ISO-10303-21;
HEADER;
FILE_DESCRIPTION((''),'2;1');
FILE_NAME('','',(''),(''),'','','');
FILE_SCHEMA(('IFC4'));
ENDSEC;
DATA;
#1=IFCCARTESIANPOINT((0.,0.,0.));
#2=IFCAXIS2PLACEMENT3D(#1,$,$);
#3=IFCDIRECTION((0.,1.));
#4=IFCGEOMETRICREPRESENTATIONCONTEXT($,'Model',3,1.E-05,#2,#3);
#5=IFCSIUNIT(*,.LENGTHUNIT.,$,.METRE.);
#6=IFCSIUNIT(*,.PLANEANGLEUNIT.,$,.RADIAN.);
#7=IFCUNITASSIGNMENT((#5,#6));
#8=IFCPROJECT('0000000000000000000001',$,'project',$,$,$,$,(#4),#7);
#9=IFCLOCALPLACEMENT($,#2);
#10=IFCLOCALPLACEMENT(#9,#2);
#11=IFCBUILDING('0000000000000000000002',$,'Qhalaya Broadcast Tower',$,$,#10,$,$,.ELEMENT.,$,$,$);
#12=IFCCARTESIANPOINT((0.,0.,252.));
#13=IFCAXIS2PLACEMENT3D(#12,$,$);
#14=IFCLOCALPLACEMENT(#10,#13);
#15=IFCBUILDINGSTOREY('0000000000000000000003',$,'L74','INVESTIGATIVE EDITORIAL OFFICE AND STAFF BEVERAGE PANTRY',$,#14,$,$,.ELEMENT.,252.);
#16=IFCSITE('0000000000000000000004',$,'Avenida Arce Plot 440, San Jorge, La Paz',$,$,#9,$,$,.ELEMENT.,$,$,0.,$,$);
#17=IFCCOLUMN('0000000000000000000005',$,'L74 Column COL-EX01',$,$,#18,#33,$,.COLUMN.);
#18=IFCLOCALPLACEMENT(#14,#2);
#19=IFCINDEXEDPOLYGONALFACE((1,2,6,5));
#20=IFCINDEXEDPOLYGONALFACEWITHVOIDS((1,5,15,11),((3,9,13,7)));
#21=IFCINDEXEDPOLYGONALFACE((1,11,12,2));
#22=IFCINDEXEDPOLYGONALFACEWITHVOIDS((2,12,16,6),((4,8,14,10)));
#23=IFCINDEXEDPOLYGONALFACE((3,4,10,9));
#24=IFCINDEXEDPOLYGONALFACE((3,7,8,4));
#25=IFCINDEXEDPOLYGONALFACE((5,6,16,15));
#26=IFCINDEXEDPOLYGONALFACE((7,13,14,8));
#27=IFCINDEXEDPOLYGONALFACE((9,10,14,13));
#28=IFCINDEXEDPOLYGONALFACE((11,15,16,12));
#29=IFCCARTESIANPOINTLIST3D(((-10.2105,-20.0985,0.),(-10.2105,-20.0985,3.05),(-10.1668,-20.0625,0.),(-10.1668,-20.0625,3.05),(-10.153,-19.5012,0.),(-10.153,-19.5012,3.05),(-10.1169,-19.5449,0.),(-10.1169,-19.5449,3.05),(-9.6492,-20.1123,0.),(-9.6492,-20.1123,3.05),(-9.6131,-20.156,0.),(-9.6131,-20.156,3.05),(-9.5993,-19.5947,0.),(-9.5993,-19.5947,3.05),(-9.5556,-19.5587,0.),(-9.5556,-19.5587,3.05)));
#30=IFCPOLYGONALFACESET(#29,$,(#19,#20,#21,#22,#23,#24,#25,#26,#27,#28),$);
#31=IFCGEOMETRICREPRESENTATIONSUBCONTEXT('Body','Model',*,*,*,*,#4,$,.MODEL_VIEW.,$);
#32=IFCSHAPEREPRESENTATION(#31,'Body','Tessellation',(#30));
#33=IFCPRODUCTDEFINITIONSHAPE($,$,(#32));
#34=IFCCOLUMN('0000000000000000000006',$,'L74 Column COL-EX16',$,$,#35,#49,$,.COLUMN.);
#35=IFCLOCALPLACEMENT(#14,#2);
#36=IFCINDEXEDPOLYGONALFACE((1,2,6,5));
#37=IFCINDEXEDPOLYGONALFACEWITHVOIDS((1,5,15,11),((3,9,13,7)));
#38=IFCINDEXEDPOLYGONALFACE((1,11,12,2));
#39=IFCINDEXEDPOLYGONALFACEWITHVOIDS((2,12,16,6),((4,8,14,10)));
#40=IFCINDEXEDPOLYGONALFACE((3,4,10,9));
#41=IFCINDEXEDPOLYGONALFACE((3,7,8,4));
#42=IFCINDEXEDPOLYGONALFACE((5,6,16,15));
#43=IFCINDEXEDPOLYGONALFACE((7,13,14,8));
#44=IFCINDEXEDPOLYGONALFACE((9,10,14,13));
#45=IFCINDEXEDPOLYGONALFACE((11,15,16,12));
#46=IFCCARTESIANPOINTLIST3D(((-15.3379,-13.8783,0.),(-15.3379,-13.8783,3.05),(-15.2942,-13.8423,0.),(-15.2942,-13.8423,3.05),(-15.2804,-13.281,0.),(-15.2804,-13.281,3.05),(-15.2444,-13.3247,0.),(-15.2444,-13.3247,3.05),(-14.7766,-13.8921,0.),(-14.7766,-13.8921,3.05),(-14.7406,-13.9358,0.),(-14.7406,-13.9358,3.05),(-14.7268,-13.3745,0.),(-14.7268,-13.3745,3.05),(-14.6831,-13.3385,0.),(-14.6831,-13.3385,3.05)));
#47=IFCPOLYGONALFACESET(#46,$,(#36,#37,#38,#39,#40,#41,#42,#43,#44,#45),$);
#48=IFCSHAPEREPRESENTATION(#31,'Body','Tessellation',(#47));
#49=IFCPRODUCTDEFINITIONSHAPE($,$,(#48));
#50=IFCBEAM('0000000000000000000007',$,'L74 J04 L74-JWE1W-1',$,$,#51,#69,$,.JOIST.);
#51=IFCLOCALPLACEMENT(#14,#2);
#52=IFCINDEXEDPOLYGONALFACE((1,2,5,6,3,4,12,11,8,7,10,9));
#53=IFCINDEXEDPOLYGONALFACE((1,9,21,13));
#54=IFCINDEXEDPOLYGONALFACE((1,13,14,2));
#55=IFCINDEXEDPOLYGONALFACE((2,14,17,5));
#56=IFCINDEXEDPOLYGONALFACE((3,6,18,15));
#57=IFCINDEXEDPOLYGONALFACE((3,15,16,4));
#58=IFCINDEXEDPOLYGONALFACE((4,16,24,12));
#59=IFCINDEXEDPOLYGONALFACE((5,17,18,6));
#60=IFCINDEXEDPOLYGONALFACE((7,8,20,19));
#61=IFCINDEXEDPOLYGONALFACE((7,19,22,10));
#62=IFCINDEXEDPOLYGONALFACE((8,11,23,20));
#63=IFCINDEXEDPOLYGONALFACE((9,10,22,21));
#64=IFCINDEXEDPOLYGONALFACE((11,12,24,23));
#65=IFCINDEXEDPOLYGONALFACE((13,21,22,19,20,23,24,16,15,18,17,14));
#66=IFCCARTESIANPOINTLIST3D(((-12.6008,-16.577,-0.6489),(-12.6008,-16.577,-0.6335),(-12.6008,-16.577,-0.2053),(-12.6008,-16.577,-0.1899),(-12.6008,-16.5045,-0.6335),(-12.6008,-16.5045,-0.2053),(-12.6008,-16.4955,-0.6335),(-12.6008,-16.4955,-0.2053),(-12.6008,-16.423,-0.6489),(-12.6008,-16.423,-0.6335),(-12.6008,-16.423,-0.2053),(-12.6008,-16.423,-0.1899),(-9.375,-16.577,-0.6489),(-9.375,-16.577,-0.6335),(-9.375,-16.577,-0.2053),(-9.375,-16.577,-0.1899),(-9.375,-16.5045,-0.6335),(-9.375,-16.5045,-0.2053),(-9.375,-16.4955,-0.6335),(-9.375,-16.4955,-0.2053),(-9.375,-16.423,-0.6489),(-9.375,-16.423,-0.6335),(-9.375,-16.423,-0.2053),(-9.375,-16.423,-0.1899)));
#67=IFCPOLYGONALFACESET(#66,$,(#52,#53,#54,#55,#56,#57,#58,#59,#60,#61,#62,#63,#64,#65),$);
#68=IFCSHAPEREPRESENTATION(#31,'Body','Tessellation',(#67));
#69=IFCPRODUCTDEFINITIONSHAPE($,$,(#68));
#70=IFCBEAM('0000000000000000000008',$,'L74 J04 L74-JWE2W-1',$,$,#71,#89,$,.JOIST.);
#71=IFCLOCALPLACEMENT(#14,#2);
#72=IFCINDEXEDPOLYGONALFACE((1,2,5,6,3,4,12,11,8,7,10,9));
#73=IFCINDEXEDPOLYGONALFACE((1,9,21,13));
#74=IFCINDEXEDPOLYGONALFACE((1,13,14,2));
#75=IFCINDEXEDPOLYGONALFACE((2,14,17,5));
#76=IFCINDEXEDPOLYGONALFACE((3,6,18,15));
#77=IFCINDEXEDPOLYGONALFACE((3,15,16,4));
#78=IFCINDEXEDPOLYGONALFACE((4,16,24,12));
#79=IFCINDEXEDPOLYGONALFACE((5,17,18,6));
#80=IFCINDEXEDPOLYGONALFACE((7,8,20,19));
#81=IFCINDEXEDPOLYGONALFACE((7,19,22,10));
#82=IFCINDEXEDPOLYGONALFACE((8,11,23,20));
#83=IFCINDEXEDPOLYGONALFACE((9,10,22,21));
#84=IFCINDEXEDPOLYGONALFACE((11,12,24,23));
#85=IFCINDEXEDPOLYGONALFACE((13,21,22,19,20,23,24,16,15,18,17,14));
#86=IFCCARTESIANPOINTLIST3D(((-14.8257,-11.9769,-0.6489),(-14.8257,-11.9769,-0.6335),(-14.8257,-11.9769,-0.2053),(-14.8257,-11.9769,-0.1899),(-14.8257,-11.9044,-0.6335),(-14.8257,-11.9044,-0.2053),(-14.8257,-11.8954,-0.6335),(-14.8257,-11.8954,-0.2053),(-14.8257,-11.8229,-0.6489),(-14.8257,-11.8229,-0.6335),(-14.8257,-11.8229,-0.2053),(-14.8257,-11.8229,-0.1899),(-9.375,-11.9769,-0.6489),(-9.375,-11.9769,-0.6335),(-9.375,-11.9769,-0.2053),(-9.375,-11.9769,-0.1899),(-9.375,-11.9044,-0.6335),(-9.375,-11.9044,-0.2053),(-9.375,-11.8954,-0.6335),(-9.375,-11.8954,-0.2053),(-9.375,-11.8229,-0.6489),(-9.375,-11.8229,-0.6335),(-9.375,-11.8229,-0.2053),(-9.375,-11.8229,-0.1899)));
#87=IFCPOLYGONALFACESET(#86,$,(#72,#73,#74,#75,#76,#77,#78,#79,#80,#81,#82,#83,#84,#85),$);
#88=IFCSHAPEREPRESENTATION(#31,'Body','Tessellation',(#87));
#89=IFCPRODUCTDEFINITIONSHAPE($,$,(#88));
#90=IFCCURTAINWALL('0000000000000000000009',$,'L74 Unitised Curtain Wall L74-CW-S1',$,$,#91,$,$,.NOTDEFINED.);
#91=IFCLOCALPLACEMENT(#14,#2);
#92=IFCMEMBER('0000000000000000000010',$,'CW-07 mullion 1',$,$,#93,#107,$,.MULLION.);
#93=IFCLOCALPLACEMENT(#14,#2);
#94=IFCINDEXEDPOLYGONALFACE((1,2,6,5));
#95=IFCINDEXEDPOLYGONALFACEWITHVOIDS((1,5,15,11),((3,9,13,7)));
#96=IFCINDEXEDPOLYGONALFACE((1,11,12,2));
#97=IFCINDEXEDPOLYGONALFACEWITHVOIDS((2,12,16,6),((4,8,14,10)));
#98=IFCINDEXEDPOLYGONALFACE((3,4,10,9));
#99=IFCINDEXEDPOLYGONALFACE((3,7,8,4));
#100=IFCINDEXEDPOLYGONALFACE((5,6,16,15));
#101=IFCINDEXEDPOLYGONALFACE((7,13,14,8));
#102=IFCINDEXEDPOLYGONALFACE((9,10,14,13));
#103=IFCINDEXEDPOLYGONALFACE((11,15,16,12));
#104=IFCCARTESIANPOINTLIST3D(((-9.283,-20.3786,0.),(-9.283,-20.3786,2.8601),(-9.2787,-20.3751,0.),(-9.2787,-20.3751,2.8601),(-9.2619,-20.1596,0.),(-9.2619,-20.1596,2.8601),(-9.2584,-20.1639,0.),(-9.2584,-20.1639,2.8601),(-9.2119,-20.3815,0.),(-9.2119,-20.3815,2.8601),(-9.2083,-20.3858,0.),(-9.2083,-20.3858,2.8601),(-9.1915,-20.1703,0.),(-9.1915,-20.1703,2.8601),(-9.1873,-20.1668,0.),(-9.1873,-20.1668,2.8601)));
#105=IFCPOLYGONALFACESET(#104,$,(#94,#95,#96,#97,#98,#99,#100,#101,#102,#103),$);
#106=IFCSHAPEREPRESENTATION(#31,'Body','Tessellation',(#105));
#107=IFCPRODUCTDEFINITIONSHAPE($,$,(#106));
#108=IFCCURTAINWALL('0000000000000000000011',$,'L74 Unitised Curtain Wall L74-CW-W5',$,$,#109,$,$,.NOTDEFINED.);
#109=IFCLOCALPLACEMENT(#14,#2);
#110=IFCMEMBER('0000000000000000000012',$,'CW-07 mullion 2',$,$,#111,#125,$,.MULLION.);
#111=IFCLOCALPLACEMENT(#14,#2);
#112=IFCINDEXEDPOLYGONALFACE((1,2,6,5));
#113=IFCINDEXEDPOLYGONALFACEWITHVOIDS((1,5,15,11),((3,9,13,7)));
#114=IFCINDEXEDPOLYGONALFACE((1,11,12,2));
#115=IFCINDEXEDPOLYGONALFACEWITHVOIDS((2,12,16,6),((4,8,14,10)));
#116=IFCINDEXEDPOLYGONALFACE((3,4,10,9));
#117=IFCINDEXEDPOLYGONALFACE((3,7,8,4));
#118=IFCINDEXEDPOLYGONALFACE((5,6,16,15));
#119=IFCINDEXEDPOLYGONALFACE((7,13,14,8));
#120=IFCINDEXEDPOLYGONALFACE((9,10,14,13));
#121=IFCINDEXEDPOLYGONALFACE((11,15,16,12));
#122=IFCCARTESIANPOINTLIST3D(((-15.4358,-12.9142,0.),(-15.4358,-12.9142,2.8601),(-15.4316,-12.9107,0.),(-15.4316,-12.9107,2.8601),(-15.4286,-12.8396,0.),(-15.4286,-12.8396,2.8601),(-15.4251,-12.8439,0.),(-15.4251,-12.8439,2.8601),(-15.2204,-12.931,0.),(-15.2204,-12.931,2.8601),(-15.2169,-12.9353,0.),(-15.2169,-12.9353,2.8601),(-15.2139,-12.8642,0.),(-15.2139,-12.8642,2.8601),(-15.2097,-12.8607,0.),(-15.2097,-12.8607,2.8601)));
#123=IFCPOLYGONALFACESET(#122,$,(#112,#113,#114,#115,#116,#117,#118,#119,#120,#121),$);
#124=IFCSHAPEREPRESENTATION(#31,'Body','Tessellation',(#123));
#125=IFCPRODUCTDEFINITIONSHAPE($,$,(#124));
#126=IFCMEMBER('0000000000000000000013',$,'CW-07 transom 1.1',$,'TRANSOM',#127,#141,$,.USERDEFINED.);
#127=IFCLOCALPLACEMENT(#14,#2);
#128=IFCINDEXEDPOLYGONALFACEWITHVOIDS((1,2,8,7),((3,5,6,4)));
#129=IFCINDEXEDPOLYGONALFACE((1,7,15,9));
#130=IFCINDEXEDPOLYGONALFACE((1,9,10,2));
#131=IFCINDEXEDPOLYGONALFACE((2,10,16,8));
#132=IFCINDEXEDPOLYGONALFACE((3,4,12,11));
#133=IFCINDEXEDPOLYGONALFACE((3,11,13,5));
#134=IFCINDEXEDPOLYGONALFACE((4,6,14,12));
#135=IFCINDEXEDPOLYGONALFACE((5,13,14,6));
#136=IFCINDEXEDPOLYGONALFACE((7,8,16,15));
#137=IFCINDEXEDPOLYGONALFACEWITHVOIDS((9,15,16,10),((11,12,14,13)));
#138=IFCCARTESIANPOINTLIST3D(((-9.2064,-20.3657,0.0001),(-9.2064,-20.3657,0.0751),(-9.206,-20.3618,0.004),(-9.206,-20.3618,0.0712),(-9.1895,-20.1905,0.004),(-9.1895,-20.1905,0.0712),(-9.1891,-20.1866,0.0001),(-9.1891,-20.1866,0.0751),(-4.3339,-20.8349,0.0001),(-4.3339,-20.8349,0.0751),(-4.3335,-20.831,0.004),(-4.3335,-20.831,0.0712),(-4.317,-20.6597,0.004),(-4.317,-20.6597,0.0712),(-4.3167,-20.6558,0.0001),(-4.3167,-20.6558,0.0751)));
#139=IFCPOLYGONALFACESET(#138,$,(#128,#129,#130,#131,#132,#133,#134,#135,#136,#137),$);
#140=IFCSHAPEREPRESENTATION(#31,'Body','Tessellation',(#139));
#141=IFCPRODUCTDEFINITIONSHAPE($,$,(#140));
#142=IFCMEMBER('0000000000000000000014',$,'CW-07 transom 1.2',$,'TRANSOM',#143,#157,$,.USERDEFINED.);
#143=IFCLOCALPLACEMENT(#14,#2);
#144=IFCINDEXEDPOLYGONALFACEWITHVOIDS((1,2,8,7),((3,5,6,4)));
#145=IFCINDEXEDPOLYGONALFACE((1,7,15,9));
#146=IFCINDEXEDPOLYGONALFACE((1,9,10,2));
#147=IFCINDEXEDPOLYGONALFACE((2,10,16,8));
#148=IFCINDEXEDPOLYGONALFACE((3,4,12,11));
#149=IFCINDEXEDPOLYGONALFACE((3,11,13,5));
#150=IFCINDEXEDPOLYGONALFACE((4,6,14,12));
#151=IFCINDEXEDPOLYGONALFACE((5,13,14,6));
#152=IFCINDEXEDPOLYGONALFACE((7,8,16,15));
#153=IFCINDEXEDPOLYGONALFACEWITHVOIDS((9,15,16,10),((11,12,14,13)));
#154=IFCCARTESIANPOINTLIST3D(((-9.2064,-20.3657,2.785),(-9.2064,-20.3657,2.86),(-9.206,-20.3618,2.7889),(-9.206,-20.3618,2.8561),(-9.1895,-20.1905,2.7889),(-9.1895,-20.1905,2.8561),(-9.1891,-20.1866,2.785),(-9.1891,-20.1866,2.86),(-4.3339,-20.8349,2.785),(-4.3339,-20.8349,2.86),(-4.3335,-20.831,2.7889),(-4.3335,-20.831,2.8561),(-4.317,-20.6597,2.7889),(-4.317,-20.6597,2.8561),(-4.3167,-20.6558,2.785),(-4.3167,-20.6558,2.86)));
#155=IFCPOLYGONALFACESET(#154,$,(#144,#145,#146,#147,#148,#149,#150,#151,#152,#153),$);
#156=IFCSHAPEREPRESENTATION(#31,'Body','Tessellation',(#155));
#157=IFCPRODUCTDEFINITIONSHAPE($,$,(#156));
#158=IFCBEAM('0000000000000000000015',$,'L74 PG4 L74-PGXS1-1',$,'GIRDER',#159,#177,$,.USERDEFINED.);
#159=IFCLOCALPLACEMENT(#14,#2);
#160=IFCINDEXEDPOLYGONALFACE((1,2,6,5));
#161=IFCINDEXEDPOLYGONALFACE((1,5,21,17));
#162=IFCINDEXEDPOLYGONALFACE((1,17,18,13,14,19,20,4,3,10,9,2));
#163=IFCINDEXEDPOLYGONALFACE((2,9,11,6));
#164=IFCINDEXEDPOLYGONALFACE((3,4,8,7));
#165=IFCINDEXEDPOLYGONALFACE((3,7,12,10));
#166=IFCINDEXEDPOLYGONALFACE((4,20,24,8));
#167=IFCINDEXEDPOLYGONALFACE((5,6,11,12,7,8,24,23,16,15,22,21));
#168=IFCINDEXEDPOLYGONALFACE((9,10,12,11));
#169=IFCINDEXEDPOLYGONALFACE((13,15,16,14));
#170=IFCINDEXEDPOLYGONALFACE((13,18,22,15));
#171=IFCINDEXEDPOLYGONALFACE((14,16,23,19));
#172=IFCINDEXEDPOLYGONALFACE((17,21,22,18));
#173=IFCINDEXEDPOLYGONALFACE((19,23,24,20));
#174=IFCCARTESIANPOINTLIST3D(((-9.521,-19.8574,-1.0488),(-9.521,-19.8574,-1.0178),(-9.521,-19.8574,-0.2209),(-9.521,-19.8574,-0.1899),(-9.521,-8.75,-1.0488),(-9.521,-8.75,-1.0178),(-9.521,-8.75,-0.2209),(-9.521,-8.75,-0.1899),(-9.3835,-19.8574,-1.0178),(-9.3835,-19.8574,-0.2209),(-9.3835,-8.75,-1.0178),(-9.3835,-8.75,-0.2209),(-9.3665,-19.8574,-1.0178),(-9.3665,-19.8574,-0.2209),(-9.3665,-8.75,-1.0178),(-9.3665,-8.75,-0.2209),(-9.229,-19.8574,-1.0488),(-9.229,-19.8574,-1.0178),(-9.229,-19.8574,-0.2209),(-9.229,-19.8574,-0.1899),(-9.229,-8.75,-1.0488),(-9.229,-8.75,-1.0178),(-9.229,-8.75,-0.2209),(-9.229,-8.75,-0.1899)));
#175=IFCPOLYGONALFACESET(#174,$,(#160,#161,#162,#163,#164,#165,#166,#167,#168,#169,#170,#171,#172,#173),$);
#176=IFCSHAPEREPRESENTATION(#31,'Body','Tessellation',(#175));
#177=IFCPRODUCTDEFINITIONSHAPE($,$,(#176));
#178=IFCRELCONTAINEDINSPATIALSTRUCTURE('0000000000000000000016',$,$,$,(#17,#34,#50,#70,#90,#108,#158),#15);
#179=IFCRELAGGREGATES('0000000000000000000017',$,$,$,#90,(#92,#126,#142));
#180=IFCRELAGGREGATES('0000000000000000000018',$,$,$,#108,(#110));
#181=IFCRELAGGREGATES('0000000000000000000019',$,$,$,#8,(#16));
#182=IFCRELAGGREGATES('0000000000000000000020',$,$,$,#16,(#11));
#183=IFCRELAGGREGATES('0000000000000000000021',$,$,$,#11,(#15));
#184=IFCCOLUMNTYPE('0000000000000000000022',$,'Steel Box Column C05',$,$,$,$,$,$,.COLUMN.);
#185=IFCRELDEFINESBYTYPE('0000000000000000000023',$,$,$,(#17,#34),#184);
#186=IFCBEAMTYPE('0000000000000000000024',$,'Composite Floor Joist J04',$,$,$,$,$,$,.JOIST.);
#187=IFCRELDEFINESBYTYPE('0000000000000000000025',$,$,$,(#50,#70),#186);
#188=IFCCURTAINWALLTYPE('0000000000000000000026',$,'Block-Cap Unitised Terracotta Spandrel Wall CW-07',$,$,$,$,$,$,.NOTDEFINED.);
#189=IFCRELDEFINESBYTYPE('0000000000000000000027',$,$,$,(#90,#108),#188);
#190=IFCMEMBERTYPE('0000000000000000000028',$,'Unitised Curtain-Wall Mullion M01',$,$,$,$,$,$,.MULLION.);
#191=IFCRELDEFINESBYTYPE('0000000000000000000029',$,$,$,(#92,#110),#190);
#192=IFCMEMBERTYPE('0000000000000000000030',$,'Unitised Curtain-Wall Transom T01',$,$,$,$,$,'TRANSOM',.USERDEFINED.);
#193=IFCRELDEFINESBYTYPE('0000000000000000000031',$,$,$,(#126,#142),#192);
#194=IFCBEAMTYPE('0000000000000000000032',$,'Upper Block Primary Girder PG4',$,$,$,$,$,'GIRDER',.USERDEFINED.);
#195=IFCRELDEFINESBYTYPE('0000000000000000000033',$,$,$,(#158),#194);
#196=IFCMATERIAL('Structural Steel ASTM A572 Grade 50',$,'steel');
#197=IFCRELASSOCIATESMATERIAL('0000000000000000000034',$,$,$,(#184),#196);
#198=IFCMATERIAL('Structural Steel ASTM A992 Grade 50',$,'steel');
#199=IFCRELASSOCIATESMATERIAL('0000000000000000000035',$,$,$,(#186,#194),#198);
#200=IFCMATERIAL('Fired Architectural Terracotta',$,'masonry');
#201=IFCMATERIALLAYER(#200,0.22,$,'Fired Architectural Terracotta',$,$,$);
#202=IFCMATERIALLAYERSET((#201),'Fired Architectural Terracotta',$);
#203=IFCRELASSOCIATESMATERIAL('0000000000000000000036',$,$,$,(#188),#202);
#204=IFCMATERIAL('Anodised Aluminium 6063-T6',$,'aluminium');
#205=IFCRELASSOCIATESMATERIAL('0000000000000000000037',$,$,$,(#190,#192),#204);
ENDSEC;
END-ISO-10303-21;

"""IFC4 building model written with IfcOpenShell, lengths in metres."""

from ifc_helpers import new_model, si_unit, direction, frame, origin, origin_2d, place, context, subcontext, project, spatial, hollow_rectangle, i_section, extrude, material, layer, layer_set, material_profile, profile_set, type_object, element, aggregate, save


model = new_model("IFC4")

# Units and contexts
model_context = context("Model", 3, precision=1e-05, world=origin(), true_north=direction((0.0, 1.0)))
body_context = subcontext(model_context, "Body", "Model", "MODEL_VIEW")
ifc_project = project(units=[si_unit("LENGTHUNIT", "METRE"), si_unit("PLANEANGLEUNIT", "RADIAN")], contexts=[model_context])

# Site, building, storey
site_placement = place(None, origin())
site = spatial("IfcSite", under=ifc_project, at=site_placement, Name="Avenida Arce Plot 440, San Jorge, La Paz", CompositionType="ELEMENT", RefElevation=0.0)
building_placement = place(site_placement, origin())
building = spatial("IfcBuilding", under=site, at=building_placement, Name="Qhalaya Broadcast Tower", CompositionType="ELEMENT")
storey_placement = place(building_placement, frame((0.0, 0.0, 252.0)))
storey = spatial("IfcBuildingStorey", under=building, at=storey_placement, Name="L74", Description="INVESTIGATIVE EDITORIAL OFFICE AND STAFF BEVERAGE PANTRY", CompositionType="ELEMENT", Elevation=252.0)

# Columns
ifc_material_1 = material(Name="Structural Steel ASTM A572 Grade 50", Category="steel")
ifc_material_profile_1 = material_profile(ifc_material_1, hollow_rectangle(XDim=0.6001, YDim=0.6001, WallThickness=0.04, at=origin_2d()), Name="BOX 600x600x40")
ifc_profile_set_1 = profile_set([ifc_material_profile_1], Name="Structural Steel ASTM A572 Grade 50")
column_type = type_object("IfcColumnType", Name="Steel Box Column C05", PredefinedType="COLUMN", material=ifc_profile_set_1)
for number, where, z_axis, x_axis, name in (
    (1, (-9.8831, -19.8286, 0.0), (0.0, 0.0, 1.0), (0.995396, -0.095846, 0.0), "L74 Column COL-EX01"),
    (2, (-15.0105, -13.6084, 0.0), (0.0, 0.0, 1.0), (0.095846, 0.995396, 0.0), "L74 Column COL-EX16"),
):
    element("IfcColumn", number, at=place(storey_placement, frame(where, z_axis=z_axis, x_axis=x_axis)), inside=storey, type_object=column_type, Name=name, PredefinedType="COLUMN", context=body_context, shape_type="SweptSolid", body=[
        extrude(hollow_rectangle(XDim=0.6001, YDim=0.6001, WallThickness=0.04, at=origin_2d()), origin(), (0.0, 0.0, 1.0), 3.05),
    ])

# Beams
ifc_material_2 = material(Name="Structural Steel ASTM A992 Grade 50", Category="steel")
ifc_material_profile_2 = material_profile(ifc_material_2, i_section(OverallWidth=0.1541, OverallDepth=0.459, WebThickness=0.009, FlangeThickness=0.0154, at=origin_2d()), Name="W18X46")
ifc_profile_set_2 = profile_set([ifc_material_profile_2], Name="Structural Steel ASTM A992 Grade 50")
beam_type_1 = type_object("IfcBeamType", Name="Composite Floor Joist J04", PredefinedType="JOIST", material=ifc_profile_set_2)
beam_1_placement = place(storey_placement, frame((-12.6008, -16.5, -0.4194), z_axis=(1.0, 0.0, 0.0), x_axis=(0.0, 1.0, 0.0)))
element("IfcBeam", 3, at=beam_1_placement, inside=storey, type_object=beam_type_1, Name="L74 J04 L74-JWE1W-1", PredefinedType="JOIST", context=body_context, shape_type="SweptSolid", body=[
    extrude(i_section(OverallWidth=0.1541, OverallDepth=0.459, WebThickness=0.009, FlangeThickness=0.0154, at=origin_2d()), origin(), (0.0, 0.0, 1.0), 3.2258),
])
beam_2_placement = place(storey_placement, frame((-14.8257, -11.8999, -0.4194), z_axis=(1.0, 0.0, 0.0), x_axis=(0.0, 1.0, 0.0)))
element("IfcBeam", 4, at=beam_2_placement, inside=storey, type_object=beam_type_1, Name="L74 J04 L74-JWE2W-1", PredefinedType="JOIST", context=body_context, shape_type="SweptSolid", body=[
    extrude(i_section(OverallWidth=0.1541, OverallDepth=0.459, WebThickness=0.009, FlangeThickness=0.0154, at=origin_2d()), origin(), (0.0, 0.0, 1.0), 5.4507),
])

# Curtain walls, members
ifc_material_3 = material(Name="Fired Architectural Terracotta", Category="masonry")
ifc_layer_1 = layer(ifc_material_3, 0.22, Name="Fired Architectural Terracotta")
ifc_layer_set_1 = layer_set([ifc_layer_1], Name="Fired Architectural Terracotta")
curtain_wall_type = type_object("IfcCurtainWallType", Name="Block-Cap Unitised Terracotta Spandrel Wall CW-07", PredefinedType="NOTDEFINED", material=ifc_layer_set_1)
curtain_wall_1_placement = place(storey_placement, origin())
curtain_wall_1 = element("IfcCurtainWall", 5, at=curtain_wall_1_placement, inside=storey, type_object=curtain_wall_type, Name="L74 Unitised Curtain Wall L74-CW-S1", PredefinedType="NOTDEFINED")
ifc_material_4 = material(Name="Anodised Aluminium 6063-T6", Category="aluminium")
ifc_material_profile_3 = material_profile(ifc_material_4, hollow_rectangle(XDim=0.075, YDim=0.22, WallThickness=0.0039, at=origin_2d()), Name="ALU-MUL 75x220x4")
ifc_profile_set_3 = profile_set([ifc_material_profile_3], Name="Anodised Aluminium 6063-T6")
member_type_1 = type_object("IfcMemberType", Name="Unitised Curtain-Wall Mullion M01", PredefinedType="MULLION", material=ifc_profile_set_3)
member_1_placement = place(storey_placement, frame((-9.2351, -20.2727, 0.0), z_axis=(0.0, 0.0, 1.0), x_axis=(0.995395, -0.095857, 0.0)))
member_1 = element("IfcMember", 6, at=member_1_placement, type_object=member_type_1, Name="CW-07 mullion 1", PredefinedType="MULLION", context=body_context, shape_type="SweptSolid", body=[
    extrude(hollow_rectangle(XDim=0.075, YDim=0.22, WallThickness=0.0039, at=origin_2d()), origin(), (0.0, 0.0, 1.0), 2.8601),
])
curtain_wall_2_placement = place(storey_placement, origin())
curtain_wall_2 = element("IfcCurtainWall", 7, at=curtain_wall_2_placement, inside=storey, type_object=curtain_wall_type, Name="L74 Unitised Curtain Wall L74-CW-W5", PredefinedType="NOTDEFINED")
member_2_placement = place(storey_placement, frame((-15.3228, -12.8875, 0.0), z_axis=(0.0, 0.0, 1.0), x_axis=(-0.09584, -0.995397, 0.0)))
member_2 = element("IfcMember", 8, at=member_2_placement, type_object=member_type_1, Name="CW-07 mullion 2", PredefinedType="MULLION", context=body_context, shape_type="SweptSolid", body=[
    extrude(hollow_rectangle(XDim=0.075, YDim=0.22, WallThickness=0.0039, at=origin_2d()), origin(), (0.0, 0.0, 1.0), 2.8601),
])

# Members
ifc_material_profile_4 = material_profile(ifc_material_4, hollow_rectangle(XDim=0.075, YDim=0.1799, WallThickness=0.0039, at=origin_2d()), Name="ALU-TRN 75x180x4")
ifc_profile_set_4 = profile_set([ifc_material_profile_4], Name="Anodised Aluminium 6063-T6")
member_type_2 = type_object("IfcMemberType", Name="Unitised Curtain-Wall Transom T01", ElementType="TRANSOM", PredefinedType="USERDEFINED", material=ifc_profile_set_4)
member_3_placement = place(storey_placement, frame((-9.1978, -20.2761, 0.0376), z_axis=(0.995395, -0.095859, 0.0), x_axis=(0.0, 0.0, 1.0)))
member_3 = element("IfcMember", 9, at=member_3_placement, type_object=member_type_2, Name="CW-07 transom 1.1", ObjectType="TRANSOM", PredefinedType="USERDEFINED", context=body_context, shape_type="SweptSolid", body=[
    extrude(hollow_rectangle(XDim=0.075, YDim=0.1799, WallThickness=0.0039, at=origin_2d()), origin(), (0.0, 0.0, 1.0), 4.895),
])
member_4_placement = place(storey_placement, frame((-9.1978, -20.2761, 2.8225), z_axis=(0.995395, -0.095859, 0.0), x_axis=(0.0, 0.0, 1.0)))
member_4 = element("IfcMember", 10, at=member_4_placement, type_object=member_type_2, Name="CW-07 transom 1.2", ObjectType="TRANSOM", PredefinedType="USERDEFINED", context=body_context, shape_type="SweptSolid", body=[
    extrude(hollow_rectangle(XDim=0.075, YDim=0.1799, WallThickness=0.0039, at=origin_2d()), origin(), (0.0, 0.0, 1.0), 4.895),
])
aggregate(curtain_wall_1, [member_1, member_3, member_4])

# Beam
ifc_material_profile_5 = material_profile(ifc_material_2, i_section(OverallWidth=0.292, OverallDepth=0.8589, WebThickness=0.0171, FlangeThickness=0.031, at=origin_2d()), Name="W33X169")
ifc_profile_set_5 = profile_set([ifc_material_profile_5], Name="Structural Steel ASTM A992 Grade 50")
beam_type_2 = type_object("IfcBeamType", Name="Upper Block Primary Girder PG4", ElementType="GIRDER", PredefinedType="USERDEFINED", material=ifc_profile_set_5)
beam_3_placement = place(storey_placement, frame((-9.375, -19.8574, -0.6194), z_axis=(0.0, 1.0, 0.0), x_axis=(-1.0, 0.0, 0.0)))
element("IfcBeam", 11, at=beam_3_placement, inside=storey, type_object=beam_type_2, Name="L74 PG4 L74-PGXS1-1", ObjectType="GIRDER", PredefinedType="USERDEFINED", context=body_context, shape_type="SweptSolid", body=[
    extrude(i_section(OverallWidth=0.292, OverallDepth=0.8589, WebThickness=0.0171, FlangeThickness=0.031, at=origin_2d()), origin(), (0.0, 0.0, 1.0), 11.1074),
])

aggregate(curtain_wall_2, [member_2])

save(model, "model.ifc")
